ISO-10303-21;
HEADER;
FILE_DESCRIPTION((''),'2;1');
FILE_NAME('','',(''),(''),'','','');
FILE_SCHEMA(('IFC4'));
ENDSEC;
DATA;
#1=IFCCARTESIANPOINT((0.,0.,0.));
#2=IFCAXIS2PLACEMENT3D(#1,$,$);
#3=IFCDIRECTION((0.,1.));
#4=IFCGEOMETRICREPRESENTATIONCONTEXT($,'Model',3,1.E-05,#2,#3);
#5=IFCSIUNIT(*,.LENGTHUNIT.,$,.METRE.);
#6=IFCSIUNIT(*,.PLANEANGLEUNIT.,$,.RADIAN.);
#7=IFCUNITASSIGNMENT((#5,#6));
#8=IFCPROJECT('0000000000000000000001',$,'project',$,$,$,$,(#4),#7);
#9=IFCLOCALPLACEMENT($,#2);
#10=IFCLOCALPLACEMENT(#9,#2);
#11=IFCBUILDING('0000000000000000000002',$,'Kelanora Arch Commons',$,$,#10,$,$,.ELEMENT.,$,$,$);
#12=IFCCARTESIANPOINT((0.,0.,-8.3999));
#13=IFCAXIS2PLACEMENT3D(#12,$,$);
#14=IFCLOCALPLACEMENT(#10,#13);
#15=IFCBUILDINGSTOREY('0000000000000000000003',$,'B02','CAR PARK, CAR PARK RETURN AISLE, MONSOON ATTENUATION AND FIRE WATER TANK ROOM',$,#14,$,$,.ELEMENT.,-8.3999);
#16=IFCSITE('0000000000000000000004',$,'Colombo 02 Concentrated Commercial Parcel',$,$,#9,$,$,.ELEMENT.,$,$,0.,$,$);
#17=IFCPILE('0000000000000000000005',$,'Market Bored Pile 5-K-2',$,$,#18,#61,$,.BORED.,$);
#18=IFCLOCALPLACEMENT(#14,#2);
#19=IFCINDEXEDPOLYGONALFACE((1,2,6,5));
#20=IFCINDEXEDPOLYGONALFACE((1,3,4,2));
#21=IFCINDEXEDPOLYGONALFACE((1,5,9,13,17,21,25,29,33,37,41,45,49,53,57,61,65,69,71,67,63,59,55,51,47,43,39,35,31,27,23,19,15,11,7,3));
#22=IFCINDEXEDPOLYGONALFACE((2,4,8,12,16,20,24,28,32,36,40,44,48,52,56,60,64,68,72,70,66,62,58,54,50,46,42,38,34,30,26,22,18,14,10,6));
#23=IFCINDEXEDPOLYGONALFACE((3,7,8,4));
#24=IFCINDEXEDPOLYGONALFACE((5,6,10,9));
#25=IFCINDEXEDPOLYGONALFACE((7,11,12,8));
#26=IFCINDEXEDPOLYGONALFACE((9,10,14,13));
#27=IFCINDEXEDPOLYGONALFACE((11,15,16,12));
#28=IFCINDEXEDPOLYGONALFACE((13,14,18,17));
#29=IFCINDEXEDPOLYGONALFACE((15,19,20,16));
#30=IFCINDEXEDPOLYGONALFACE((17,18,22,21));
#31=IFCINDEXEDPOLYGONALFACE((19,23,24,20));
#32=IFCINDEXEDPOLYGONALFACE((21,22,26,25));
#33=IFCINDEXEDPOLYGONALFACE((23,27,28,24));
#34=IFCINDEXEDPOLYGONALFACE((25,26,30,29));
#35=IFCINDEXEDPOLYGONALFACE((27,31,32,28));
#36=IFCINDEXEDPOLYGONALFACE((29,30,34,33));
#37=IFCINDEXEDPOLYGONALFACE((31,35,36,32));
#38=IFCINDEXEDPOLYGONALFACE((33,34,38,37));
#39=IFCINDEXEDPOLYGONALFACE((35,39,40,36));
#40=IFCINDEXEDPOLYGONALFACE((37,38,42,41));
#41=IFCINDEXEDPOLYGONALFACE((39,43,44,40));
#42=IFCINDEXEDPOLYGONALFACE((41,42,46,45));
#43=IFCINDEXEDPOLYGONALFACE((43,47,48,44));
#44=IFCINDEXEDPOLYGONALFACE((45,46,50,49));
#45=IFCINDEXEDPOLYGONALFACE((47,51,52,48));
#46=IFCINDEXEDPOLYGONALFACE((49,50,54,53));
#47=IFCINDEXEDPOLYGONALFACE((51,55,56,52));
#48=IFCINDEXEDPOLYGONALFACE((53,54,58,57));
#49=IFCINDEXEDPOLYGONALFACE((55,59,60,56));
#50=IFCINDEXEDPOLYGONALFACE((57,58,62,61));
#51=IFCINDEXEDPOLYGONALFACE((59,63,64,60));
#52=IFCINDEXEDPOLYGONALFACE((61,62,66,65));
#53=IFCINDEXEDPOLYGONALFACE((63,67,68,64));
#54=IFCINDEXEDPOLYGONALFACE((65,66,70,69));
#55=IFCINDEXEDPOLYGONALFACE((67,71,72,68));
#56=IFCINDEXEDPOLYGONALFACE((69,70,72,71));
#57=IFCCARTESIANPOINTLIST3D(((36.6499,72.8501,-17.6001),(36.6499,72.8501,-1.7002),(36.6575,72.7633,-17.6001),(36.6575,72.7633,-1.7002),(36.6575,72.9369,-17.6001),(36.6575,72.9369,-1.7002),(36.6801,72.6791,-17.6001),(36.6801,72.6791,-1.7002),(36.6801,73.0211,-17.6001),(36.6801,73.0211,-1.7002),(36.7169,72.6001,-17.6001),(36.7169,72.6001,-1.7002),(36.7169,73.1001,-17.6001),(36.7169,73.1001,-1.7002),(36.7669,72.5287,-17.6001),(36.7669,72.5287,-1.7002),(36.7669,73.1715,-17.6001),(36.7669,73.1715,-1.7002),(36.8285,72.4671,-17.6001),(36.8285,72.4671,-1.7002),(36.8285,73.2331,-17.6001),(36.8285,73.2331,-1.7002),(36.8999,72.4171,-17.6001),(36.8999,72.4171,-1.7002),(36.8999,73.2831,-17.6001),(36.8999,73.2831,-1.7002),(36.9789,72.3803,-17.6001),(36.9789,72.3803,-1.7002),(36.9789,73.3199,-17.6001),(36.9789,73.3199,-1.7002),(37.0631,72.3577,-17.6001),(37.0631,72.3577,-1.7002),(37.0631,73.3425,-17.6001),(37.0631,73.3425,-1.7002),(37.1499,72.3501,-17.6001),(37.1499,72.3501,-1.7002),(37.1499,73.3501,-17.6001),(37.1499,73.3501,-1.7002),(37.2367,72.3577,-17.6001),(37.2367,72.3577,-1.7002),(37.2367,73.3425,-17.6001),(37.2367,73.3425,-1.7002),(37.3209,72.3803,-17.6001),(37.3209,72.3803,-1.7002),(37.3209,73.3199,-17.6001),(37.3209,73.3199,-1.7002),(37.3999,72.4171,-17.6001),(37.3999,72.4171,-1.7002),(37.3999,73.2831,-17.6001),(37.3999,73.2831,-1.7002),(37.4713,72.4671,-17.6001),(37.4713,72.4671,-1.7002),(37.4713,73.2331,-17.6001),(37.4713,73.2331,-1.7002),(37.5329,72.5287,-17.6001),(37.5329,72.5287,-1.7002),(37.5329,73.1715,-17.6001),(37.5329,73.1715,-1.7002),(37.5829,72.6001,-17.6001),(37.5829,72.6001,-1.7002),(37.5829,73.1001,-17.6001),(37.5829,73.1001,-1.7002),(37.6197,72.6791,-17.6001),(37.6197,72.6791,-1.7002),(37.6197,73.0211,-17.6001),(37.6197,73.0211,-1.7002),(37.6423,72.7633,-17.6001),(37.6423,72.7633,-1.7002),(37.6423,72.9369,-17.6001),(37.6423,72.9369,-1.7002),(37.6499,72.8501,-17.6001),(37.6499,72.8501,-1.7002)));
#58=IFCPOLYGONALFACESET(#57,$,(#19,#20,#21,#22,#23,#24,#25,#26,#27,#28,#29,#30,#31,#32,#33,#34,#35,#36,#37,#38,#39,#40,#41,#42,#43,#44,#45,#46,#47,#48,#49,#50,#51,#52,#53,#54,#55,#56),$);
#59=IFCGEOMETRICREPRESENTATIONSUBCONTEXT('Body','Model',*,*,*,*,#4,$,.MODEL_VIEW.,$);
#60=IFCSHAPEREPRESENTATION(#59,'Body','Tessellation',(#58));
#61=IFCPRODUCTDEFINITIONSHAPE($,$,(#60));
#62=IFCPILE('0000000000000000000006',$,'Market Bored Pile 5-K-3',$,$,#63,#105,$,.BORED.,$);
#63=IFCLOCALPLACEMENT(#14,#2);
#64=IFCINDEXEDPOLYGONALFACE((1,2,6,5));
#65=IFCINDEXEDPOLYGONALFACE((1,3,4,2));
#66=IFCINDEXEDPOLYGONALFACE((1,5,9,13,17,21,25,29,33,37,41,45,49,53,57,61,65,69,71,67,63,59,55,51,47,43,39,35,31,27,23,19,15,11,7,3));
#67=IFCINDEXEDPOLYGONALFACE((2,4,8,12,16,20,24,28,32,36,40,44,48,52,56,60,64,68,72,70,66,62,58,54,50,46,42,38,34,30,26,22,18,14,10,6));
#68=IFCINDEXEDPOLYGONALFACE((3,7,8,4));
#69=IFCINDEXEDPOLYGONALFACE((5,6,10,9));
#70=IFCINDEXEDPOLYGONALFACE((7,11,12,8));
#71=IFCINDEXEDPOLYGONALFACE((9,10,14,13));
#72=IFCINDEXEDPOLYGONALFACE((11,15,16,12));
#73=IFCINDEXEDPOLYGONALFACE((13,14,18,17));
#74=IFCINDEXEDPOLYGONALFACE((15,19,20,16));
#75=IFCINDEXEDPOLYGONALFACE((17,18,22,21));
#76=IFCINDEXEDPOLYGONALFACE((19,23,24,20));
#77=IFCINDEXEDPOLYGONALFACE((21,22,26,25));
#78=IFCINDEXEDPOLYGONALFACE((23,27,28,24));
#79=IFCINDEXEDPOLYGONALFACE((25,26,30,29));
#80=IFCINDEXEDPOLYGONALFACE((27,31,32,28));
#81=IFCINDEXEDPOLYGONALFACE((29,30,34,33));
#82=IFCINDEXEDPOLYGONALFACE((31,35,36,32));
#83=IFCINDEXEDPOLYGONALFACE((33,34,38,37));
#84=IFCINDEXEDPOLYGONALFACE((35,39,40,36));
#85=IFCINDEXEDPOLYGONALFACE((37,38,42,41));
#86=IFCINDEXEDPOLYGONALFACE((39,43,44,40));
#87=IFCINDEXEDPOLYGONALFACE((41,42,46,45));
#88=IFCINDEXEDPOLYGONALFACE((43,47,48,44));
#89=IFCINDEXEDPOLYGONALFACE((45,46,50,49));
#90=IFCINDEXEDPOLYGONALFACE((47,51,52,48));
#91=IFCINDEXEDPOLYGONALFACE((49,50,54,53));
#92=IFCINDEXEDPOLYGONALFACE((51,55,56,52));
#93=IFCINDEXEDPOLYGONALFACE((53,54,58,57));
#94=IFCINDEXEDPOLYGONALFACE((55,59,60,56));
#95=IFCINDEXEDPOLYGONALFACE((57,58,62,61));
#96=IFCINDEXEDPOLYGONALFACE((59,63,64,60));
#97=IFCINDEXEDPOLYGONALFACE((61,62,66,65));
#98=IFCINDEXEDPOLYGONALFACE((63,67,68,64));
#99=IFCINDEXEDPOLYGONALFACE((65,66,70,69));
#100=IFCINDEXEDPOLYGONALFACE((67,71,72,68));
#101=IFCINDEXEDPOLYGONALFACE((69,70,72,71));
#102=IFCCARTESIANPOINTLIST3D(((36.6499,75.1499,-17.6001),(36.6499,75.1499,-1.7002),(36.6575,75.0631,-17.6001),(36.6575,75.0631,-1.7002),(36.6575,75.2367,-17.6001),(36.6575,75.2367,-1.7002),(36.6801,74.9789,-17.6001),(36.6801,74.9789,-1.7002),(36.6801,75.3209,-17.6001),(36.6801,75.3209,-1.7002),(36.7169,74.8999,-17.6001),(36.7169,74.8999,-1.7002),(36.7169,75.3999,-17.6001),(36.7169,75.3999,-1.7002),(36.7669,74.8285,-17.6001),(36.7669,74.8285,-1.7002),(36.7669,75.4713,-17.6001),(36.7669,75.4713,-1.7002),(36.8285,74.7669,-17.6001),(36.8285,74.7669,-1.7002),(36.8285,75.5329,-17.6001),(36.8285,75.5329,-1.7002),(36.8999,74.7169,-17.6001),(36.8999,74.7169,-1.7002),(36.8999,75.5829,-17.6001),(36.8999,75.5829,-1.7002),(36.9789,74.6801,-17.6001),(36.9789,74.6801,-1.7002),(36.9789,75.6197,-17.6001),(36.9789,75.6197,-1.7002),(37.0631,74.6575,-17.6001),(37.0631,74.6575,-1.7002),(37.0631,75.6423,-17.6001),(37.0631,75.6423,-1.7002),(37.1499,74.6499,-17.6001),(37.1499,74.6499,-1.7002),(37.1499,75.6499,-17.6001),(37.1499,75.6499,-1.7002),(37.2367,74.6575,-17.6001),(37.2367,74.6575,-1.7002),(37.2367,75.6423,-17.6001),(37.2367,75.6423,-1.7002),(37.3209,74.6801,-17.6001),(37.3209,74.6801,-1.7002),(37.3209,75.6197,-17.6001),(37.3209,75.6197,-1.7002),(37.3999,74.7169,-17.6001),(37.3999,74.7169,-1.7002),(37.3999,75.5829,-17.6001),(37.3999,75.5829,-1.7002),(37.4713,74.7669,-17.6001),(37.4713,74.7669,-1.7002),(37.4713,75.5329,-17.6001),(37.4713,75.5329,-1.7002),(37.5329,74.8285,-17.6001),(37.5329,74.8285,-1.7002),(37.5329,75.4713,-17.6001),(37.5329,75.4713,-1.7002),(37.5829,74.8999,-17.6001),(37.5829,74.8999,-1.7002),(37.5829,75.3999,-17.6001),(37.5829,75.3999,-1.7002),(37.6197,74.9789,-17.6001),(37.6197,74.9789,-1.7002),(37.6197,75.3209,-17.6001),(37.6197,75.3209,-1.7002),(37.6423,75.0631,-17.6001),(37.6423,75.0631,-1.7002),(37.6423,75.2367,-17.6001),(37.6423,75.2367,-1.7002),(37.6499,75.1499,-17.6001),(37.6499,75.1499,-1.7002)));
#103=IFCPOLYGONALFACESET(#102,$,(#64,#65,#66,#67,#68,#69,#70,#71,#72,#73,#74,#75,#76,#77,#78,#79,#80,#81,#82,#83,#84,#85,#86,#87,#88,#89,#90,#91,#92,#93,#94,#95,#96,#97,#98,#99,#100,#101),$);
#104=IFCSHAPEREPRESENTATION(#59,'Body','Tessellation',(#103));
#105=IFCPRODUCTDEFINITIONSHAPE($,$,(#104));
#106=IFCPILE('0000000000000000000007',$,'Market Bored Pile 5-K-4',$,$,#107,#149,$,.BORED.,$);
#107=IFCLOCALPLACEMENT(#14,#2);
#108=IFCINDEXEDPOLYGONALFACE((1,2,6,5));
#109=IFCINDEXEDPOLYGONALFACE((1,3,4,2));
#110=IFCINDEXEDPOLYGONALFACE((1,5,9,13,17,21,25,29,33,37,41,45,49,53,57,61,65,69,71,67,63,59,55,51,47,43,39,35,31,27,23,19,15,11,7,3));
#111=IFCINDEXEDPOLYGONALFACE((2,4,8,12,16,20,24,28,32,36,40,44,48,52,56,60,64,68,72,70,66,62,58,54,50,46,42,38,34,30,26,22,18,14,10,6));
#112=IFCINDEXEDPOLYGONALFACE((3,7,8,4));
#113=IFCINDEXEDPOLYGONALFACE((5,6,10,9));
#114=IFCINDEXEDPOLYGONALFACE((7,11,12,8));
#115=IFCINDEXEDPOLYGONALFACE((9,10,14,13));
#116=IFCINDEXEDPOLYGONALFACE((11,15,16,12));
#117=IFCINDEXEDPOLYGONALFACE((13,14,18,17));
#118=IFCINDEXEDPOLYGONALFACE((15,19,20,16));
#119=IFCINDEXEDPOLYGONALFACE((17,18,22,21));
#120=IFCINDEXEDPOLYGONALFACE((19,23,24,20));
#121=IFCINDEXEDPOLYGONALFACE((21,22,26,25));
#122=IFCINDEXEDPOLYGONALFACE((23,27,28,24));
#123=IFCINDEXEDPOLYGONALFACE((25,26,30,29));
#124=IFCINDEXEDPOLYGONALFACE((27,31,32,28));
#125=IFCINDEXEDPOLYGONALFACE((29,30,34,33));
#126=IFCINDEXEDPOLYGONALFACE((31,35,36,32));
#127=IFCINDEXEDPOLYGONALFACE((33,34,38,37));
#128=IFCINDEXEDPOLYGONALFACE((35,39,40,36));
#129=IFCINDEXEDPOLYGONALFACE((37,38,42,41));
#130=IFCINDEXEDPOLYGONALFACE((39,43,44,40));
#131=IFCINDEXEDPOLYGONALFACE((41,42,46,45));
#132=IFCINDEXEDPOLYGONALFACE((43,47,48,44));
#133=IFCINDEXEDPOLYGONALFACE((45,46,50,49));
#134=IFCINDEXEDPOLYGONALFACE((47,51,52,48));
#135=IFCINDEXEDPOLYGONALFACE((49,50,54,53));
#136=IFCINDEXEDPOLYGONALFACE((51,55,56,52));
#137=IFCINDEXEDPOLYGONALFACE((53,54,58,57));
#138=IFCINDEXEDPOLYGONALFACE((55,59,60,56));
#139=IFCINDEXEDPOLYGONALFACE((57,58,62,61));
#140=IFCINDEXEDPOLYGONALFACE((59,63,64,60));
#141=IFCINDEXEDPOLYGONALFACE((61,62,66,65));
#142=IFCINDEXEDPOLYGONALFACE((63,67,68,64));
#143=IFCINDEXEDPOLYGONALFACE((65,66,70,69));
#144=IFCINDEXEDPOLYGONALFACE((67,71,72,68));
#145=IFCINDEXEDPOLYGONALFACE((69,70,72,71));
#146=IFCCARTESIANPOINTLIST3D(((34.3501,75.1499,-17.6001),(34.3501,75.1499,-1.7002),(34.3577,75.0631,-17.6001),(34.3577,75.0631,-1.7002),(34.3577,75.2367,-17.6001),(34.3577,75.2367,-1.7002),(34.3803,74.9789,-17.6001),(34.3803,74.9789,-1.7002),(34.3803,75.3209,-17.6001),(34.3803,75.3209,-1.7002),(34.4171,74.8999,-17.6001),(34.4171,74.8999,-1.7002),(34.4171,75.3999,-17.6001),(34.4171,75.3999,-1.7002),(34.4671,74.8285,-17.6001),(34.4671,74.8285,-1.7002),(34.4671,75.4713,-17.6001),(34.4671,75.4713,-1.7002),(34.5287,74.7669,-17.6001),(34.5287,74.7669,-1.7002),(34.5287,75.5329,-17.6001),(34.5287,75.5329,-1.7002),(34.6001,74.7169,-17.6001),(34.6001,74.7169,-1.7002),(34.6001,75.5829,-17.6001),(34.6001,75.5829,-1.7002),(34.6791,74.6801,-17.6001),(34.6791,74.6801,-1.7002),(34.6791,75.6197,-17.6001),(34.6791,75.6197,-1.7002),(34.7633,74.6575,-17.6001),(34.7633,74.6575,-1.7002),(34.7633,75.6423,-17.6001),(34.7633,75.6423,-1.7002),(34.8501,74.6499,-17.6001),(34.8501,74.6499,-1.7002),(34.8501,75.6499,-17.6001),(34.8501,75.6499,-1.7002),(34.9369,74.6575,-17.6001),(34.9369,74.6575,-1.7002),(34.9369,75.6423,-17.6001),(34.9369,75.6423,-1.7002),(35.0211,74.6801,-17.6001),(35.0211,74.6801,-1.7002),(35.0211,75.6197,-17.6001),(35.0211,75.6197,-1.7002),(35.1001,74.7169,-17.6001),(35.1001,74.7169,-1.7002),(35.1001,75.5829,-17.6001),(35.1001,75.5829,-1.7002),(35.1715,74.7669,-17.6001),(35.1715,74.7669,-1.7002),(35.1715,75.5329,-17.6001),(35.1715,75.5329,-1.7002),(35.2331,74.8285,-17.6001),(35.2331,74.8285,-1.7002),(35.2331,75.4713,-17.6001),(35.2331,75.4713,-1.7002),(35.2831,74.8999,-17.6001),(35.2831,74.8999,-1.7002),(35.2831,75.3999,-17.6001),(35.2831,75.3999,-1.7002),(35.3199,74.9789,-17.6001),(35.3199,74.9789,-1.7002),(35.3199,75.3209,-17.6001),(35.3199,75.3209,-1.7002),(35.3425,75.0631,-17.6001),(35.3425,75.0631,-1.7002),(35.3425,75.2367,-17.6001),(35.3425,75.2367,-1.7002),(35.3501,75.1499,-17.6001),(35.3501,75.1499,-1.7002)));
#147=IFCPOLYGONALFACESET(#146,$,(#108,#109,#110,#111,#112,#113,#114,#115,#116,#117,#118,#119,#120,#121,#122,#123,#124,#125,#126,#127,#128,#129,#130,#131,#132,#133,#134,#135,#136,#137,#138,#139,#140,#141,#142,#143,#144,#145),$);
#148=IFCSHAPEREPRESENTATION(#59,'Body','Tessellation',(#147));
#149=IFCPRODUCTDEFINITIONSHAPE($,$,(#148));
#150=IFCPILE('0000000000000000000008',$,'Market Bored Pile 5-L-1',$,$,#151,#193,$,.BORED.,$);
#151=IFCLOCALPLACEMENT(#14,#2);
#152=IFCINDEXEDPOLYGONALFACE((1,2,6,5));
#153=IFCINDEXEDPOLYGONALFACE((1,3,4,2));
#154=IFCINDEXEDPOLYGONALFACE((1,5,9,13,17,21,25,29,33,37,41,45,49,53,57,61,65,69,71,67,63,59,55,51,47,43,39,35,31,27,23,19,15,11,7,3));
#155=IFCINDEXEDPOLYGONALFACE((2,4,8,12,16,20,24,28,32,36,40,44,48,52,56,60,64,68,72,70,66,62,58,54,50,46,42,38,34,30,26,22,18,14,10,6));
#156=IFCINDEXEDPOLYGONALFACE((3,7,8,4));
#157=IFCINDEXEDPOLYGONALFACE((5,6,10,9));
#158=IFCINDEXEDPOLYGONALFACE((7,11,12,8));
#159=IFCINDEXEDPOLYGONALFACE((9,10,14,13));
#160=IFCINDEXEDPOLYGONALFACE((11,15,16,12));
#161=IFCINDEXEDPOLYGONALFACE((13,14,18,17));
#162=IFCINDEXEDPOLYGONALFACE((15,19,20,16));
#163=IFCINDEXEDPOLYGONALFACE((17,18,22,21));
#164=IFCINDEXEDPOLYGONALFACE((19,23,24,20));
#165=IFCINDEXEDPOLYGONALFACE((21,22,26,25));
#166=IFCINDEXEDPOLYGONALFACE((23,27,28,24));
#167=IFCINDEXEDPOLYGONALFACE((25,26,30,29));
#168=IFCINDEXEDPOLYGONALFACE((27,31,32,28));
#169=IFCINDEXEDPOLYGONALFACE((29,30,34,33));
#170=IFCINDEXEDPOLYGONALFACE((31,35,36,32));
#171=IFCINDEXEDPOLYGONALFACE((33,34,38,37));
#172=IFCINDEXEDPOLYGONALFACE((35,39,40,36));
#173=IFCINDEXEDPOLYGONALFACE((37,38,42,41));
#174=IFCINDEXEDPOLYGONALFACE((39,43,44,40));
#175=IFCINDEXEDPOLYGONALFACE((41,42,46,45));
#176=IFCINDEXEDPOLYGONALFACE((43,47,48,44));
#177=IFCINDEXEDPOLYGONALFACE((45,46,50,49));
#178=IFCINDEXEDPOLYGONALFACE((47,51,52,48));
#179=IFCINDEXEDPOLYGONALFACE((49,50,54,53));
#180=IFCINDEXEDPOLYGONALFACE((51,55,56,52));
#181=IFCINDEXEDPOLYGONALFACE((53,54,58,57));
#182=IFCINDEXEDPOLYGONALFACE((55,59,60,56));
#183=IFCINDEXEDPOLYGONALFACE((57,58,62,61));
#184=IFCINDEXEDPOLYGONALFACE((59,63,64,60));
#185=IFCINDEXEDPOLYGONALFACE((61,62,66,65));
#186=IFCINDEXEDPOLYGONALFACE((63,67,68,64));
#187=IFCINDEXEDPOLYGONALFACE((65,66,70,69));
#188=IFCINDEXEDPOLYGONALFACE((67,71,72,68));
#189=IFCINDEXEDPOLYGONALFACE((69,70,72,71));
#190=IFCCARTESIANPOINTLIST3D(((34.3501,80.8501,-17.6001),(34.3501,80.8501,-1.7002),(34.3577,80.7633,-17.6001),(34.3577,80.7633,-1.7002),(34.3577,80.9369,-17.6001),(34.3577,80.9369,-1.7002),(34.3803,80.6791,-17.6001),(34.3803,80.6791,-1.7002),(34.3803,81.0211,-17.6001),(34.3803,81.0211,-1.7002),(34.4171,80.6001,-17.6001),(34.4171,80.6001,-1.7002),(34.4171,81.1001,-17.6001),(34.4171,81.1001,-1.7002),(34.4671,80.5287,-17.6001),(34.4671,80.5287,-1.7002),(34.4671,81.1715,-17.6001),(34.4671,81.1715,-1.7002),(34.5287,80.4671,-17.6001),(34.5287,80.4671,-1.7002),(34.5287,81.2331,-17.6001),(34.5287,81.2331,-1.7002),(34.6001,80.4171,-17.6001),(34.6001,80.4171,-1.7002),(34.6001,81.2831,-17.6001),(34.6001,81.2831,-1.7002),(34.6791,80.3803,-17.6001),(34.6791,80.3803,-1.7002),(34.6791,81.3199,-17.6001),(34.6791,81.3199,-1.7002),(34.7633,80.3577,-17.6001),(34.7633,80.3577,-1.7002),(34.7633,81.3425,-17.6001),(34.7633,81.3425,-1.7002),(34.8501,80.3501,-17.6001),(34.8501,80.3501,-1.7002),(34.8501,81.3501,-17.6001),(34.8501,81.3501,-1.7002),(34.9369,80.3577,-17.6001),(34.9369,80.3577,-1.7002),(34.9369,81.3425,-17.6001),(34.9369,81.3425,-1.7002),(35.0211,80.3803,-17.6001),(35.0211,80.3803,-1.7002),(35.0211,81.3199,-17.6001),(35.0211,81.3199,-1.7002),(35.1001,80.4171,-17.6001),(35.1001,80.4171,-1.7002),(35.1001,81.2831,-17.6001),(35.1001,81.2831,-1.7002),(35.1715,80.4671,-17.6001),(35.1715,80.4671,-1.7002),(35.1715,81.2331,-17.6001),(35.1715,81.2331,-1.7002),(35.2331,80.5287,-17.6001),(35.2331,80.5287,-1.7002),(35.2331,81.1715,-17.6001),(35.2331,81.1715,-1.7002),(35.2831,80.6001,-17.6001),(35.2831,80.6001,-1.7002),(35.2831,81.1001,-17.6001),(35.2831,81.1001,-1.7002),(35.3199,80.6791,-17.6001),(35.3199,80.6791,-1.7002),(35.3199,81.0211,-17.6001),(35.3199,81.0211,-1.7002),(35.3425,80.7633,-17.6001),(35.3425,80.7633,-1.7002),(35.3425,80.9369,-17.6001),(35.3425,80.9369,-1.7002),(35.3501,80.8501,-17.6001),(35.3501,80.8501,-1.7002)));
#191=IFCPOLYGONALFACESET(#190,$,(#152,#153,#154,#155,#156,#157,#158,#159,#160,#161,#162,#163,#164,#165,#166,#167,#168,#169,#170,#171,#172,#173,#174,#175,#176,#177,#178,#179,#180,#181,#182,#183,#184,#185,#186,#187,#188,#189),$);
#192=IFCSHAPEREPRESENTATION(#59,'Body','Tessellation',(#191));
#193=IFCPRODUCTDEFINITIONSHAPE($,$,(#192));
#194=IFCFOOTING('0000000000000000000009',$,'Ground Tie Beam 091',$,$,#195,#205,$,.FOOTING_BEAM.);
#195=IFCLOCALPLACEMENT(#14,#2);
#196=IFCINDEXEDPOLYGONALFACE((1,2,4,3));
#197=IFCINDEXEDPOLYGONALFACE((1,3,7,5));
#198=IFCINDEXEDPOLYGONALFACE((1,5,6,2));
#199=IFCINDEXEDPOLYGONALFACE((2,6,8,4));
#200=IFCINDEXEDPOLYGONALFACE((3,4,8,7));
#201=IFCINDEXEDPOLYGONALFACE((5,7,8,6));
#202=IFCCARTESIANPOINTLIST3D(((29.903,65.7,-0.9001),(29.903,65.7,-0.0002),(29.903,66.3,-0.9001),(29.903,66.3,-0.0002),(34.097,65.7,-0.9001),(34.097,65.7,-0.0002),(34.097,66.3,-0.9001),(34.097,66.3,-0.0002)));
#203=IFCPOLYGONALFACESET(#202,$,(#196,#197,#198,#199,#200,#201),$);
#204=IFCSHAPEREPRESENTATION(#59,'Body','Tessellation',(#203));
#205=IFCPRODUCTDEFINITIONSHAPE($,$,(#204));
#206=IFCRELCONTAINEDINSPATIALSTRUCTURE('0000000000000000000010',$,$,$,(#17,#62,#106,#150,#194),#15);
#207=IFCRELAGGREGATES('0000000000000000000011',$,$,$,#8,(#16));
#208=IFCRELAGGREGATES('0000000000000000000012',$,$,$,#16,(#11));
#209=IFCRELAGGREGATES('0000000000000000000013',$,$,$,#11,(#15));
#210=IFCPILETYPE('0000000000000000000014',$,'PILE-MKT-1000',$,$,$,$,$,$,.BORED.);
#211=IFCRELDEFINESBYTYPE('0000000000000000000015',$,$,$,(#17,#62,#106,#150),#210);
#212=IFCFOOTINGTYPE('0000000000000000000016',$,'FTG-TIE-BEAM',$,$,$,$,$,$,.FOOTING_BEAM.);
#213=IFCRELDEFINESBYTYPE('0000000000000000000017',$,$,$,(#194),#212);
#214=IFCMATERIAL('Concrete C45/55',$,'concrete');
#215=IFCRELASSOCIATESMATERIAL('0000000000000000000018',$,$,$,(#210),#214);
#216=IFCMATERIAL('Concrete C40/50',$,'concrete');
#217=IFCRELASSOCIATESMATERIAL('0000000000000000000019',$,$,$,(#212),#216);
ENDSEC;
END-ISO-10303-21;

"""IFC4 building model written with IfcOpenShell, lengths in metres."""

from ifc_helpers import new_model, si_unit, direction, frame, origin, origin_2d, place, context, subcontext, project, spatial, rectangle, circle, extrude, source, transform, mapped, material, material_profile, profile_set, type_object, element, save


model = new_model("IFC4")

# Units and contexts
model_context = context("Model", 3, precision=1e-05, world=origin(), true_north=direction((0.0, 1.0)))
body_context = subcontext(model_context, "Body", "Model", "MODEL_VIEW")
ifc_project = project(units=[si_unit("LENGTHUNIT", "METRE"), si_unit("PLANEANGLEUNIT", "RADIAN")], contexts=[model_context])

# Site, building, storey
site_placement = place(None, origin())
site = spatial("IfcSite", under=ifc_project, at=site_placement, Name="Colombo 02 Concentrated Commercial Parcel", CompositionType="ELEMENT", RefElevation=0.0)
building_placement = place(site_placement, origin())
building = spatial("IfcBuilding", under=site, at=building_placement, Name="Kelanora Arch Commons", CompositionType="ELEMENT")
storey_placement = place(building_placement, frame((0.0, 0.0, -8.3999)))
storey = spatial("IfcBuildingStorey", under=building, at=storey_placement, Name="B02", Description="CAR PARK, CAR PARK RETURN AISLE, MONSOON ATTENUATION AND FIRE WATER TANK ROOM", CompositionType="ELEMENT", Elevation=-8.3999)

# Shared definitions
ifc_material_1 = material(Name="Concrete C40/50", Category="concrete")

# Piles
ifc_material_2 = material(Name="Concrete C45/55", Category="concrete")
ifc_material_profile_1 = material_profile(ifc_material_2, circle(Radius=0.5, at=origin_2d()), Name="PILE1000")
ifc_profile_set_1 = profile_set([ifc_material_profile_1], Name="Concrete C45/55")
pile_type = type_object("IfcPileType", Name="PILE-MKT-1000", PredefinedType="BORED", material=ifc_profile_set_1)
shared_shape_1 = source(origin(), body_context, "Body", "SweptSolid", [
    extrude(circle(Radius=0.5, at=origin_2d()), origin(), (0.0, 0.0, 1.0), 15.8999),
])
for number, where, z_axis, x_axis, name in (
    (1, (37.1499, 72.8501, -1.7002), (0.0, 0.0, -1.0), (1.0, 0.0, 0.0), "Market Bored Pile 5-K-2"),
    (2, (37.1499, 75.1499, -1.7002), (0.0, 0.0, -1.0), (1.0, 0.0, 0.0), "Market Bored Pile 5-K-3"),
    (3, (34.8501, 75.1499, -1.7002), (0.0, 0.0, -1.0), (1.0, 0.0, 0.0), "Market Bored Pile 5-K-4"),
    (4, (34.8501, 80.8501, -1.7002), (0.0, 0.0, -1.0), (1.0, 0.0, 0.0), "Market Bored Pile 5-L-1"),
):
    element("IfcPile", number, at=place(storey_placement, frame(where, z_axis=z_axis, x_axis=x_axis)), inside=storey, type_object=pile_type, Name=name, PredefinedType="BORED", context=body_context, shape_type="MappedRepresentation", body=[
        mapped(shared_shape_1, transform((0.0, 0.0, 0.0), scale=1.0)),
    ])

# Footing
footing_type_1 = type_object("IfcFootingType", Name="FTG-TIE-BEAM", PredefinedType="FOOTING_BEAM", material=ifc_material_1)
shared_shape_2 = source(origin(), body_context, "Body", "SweptSolid", [
    extrude(rectangle(XDim=4.1941, YDim=0.6001, at=origin_2d()), origin(), (0.0, 0.0, 1.0), 0.8999),
])
for number, where, z_axis, x_axis, name in (
    (5, (32.0, 66.0, -0.9001), (0.0, 0.0, 1.0), (1.0, 0.0, 0.0), "Ground Tie Beam 091"),
):
    element("IfcFooting", number, at=place(storey_placement, frame(where, z_axis=z_axis, x_axis=x_axis)), inside=storey, type_object=footing_type_1, Name=name, PredefinedType="FOOTING_BEAM", context=body_context, shape_type="MappedRepresentation", body=[
        mapped(shared_shape_2, transform((0.0, 0.0, 0.0), scale=1.0)),
    ])

save(model, "model.ifc")
